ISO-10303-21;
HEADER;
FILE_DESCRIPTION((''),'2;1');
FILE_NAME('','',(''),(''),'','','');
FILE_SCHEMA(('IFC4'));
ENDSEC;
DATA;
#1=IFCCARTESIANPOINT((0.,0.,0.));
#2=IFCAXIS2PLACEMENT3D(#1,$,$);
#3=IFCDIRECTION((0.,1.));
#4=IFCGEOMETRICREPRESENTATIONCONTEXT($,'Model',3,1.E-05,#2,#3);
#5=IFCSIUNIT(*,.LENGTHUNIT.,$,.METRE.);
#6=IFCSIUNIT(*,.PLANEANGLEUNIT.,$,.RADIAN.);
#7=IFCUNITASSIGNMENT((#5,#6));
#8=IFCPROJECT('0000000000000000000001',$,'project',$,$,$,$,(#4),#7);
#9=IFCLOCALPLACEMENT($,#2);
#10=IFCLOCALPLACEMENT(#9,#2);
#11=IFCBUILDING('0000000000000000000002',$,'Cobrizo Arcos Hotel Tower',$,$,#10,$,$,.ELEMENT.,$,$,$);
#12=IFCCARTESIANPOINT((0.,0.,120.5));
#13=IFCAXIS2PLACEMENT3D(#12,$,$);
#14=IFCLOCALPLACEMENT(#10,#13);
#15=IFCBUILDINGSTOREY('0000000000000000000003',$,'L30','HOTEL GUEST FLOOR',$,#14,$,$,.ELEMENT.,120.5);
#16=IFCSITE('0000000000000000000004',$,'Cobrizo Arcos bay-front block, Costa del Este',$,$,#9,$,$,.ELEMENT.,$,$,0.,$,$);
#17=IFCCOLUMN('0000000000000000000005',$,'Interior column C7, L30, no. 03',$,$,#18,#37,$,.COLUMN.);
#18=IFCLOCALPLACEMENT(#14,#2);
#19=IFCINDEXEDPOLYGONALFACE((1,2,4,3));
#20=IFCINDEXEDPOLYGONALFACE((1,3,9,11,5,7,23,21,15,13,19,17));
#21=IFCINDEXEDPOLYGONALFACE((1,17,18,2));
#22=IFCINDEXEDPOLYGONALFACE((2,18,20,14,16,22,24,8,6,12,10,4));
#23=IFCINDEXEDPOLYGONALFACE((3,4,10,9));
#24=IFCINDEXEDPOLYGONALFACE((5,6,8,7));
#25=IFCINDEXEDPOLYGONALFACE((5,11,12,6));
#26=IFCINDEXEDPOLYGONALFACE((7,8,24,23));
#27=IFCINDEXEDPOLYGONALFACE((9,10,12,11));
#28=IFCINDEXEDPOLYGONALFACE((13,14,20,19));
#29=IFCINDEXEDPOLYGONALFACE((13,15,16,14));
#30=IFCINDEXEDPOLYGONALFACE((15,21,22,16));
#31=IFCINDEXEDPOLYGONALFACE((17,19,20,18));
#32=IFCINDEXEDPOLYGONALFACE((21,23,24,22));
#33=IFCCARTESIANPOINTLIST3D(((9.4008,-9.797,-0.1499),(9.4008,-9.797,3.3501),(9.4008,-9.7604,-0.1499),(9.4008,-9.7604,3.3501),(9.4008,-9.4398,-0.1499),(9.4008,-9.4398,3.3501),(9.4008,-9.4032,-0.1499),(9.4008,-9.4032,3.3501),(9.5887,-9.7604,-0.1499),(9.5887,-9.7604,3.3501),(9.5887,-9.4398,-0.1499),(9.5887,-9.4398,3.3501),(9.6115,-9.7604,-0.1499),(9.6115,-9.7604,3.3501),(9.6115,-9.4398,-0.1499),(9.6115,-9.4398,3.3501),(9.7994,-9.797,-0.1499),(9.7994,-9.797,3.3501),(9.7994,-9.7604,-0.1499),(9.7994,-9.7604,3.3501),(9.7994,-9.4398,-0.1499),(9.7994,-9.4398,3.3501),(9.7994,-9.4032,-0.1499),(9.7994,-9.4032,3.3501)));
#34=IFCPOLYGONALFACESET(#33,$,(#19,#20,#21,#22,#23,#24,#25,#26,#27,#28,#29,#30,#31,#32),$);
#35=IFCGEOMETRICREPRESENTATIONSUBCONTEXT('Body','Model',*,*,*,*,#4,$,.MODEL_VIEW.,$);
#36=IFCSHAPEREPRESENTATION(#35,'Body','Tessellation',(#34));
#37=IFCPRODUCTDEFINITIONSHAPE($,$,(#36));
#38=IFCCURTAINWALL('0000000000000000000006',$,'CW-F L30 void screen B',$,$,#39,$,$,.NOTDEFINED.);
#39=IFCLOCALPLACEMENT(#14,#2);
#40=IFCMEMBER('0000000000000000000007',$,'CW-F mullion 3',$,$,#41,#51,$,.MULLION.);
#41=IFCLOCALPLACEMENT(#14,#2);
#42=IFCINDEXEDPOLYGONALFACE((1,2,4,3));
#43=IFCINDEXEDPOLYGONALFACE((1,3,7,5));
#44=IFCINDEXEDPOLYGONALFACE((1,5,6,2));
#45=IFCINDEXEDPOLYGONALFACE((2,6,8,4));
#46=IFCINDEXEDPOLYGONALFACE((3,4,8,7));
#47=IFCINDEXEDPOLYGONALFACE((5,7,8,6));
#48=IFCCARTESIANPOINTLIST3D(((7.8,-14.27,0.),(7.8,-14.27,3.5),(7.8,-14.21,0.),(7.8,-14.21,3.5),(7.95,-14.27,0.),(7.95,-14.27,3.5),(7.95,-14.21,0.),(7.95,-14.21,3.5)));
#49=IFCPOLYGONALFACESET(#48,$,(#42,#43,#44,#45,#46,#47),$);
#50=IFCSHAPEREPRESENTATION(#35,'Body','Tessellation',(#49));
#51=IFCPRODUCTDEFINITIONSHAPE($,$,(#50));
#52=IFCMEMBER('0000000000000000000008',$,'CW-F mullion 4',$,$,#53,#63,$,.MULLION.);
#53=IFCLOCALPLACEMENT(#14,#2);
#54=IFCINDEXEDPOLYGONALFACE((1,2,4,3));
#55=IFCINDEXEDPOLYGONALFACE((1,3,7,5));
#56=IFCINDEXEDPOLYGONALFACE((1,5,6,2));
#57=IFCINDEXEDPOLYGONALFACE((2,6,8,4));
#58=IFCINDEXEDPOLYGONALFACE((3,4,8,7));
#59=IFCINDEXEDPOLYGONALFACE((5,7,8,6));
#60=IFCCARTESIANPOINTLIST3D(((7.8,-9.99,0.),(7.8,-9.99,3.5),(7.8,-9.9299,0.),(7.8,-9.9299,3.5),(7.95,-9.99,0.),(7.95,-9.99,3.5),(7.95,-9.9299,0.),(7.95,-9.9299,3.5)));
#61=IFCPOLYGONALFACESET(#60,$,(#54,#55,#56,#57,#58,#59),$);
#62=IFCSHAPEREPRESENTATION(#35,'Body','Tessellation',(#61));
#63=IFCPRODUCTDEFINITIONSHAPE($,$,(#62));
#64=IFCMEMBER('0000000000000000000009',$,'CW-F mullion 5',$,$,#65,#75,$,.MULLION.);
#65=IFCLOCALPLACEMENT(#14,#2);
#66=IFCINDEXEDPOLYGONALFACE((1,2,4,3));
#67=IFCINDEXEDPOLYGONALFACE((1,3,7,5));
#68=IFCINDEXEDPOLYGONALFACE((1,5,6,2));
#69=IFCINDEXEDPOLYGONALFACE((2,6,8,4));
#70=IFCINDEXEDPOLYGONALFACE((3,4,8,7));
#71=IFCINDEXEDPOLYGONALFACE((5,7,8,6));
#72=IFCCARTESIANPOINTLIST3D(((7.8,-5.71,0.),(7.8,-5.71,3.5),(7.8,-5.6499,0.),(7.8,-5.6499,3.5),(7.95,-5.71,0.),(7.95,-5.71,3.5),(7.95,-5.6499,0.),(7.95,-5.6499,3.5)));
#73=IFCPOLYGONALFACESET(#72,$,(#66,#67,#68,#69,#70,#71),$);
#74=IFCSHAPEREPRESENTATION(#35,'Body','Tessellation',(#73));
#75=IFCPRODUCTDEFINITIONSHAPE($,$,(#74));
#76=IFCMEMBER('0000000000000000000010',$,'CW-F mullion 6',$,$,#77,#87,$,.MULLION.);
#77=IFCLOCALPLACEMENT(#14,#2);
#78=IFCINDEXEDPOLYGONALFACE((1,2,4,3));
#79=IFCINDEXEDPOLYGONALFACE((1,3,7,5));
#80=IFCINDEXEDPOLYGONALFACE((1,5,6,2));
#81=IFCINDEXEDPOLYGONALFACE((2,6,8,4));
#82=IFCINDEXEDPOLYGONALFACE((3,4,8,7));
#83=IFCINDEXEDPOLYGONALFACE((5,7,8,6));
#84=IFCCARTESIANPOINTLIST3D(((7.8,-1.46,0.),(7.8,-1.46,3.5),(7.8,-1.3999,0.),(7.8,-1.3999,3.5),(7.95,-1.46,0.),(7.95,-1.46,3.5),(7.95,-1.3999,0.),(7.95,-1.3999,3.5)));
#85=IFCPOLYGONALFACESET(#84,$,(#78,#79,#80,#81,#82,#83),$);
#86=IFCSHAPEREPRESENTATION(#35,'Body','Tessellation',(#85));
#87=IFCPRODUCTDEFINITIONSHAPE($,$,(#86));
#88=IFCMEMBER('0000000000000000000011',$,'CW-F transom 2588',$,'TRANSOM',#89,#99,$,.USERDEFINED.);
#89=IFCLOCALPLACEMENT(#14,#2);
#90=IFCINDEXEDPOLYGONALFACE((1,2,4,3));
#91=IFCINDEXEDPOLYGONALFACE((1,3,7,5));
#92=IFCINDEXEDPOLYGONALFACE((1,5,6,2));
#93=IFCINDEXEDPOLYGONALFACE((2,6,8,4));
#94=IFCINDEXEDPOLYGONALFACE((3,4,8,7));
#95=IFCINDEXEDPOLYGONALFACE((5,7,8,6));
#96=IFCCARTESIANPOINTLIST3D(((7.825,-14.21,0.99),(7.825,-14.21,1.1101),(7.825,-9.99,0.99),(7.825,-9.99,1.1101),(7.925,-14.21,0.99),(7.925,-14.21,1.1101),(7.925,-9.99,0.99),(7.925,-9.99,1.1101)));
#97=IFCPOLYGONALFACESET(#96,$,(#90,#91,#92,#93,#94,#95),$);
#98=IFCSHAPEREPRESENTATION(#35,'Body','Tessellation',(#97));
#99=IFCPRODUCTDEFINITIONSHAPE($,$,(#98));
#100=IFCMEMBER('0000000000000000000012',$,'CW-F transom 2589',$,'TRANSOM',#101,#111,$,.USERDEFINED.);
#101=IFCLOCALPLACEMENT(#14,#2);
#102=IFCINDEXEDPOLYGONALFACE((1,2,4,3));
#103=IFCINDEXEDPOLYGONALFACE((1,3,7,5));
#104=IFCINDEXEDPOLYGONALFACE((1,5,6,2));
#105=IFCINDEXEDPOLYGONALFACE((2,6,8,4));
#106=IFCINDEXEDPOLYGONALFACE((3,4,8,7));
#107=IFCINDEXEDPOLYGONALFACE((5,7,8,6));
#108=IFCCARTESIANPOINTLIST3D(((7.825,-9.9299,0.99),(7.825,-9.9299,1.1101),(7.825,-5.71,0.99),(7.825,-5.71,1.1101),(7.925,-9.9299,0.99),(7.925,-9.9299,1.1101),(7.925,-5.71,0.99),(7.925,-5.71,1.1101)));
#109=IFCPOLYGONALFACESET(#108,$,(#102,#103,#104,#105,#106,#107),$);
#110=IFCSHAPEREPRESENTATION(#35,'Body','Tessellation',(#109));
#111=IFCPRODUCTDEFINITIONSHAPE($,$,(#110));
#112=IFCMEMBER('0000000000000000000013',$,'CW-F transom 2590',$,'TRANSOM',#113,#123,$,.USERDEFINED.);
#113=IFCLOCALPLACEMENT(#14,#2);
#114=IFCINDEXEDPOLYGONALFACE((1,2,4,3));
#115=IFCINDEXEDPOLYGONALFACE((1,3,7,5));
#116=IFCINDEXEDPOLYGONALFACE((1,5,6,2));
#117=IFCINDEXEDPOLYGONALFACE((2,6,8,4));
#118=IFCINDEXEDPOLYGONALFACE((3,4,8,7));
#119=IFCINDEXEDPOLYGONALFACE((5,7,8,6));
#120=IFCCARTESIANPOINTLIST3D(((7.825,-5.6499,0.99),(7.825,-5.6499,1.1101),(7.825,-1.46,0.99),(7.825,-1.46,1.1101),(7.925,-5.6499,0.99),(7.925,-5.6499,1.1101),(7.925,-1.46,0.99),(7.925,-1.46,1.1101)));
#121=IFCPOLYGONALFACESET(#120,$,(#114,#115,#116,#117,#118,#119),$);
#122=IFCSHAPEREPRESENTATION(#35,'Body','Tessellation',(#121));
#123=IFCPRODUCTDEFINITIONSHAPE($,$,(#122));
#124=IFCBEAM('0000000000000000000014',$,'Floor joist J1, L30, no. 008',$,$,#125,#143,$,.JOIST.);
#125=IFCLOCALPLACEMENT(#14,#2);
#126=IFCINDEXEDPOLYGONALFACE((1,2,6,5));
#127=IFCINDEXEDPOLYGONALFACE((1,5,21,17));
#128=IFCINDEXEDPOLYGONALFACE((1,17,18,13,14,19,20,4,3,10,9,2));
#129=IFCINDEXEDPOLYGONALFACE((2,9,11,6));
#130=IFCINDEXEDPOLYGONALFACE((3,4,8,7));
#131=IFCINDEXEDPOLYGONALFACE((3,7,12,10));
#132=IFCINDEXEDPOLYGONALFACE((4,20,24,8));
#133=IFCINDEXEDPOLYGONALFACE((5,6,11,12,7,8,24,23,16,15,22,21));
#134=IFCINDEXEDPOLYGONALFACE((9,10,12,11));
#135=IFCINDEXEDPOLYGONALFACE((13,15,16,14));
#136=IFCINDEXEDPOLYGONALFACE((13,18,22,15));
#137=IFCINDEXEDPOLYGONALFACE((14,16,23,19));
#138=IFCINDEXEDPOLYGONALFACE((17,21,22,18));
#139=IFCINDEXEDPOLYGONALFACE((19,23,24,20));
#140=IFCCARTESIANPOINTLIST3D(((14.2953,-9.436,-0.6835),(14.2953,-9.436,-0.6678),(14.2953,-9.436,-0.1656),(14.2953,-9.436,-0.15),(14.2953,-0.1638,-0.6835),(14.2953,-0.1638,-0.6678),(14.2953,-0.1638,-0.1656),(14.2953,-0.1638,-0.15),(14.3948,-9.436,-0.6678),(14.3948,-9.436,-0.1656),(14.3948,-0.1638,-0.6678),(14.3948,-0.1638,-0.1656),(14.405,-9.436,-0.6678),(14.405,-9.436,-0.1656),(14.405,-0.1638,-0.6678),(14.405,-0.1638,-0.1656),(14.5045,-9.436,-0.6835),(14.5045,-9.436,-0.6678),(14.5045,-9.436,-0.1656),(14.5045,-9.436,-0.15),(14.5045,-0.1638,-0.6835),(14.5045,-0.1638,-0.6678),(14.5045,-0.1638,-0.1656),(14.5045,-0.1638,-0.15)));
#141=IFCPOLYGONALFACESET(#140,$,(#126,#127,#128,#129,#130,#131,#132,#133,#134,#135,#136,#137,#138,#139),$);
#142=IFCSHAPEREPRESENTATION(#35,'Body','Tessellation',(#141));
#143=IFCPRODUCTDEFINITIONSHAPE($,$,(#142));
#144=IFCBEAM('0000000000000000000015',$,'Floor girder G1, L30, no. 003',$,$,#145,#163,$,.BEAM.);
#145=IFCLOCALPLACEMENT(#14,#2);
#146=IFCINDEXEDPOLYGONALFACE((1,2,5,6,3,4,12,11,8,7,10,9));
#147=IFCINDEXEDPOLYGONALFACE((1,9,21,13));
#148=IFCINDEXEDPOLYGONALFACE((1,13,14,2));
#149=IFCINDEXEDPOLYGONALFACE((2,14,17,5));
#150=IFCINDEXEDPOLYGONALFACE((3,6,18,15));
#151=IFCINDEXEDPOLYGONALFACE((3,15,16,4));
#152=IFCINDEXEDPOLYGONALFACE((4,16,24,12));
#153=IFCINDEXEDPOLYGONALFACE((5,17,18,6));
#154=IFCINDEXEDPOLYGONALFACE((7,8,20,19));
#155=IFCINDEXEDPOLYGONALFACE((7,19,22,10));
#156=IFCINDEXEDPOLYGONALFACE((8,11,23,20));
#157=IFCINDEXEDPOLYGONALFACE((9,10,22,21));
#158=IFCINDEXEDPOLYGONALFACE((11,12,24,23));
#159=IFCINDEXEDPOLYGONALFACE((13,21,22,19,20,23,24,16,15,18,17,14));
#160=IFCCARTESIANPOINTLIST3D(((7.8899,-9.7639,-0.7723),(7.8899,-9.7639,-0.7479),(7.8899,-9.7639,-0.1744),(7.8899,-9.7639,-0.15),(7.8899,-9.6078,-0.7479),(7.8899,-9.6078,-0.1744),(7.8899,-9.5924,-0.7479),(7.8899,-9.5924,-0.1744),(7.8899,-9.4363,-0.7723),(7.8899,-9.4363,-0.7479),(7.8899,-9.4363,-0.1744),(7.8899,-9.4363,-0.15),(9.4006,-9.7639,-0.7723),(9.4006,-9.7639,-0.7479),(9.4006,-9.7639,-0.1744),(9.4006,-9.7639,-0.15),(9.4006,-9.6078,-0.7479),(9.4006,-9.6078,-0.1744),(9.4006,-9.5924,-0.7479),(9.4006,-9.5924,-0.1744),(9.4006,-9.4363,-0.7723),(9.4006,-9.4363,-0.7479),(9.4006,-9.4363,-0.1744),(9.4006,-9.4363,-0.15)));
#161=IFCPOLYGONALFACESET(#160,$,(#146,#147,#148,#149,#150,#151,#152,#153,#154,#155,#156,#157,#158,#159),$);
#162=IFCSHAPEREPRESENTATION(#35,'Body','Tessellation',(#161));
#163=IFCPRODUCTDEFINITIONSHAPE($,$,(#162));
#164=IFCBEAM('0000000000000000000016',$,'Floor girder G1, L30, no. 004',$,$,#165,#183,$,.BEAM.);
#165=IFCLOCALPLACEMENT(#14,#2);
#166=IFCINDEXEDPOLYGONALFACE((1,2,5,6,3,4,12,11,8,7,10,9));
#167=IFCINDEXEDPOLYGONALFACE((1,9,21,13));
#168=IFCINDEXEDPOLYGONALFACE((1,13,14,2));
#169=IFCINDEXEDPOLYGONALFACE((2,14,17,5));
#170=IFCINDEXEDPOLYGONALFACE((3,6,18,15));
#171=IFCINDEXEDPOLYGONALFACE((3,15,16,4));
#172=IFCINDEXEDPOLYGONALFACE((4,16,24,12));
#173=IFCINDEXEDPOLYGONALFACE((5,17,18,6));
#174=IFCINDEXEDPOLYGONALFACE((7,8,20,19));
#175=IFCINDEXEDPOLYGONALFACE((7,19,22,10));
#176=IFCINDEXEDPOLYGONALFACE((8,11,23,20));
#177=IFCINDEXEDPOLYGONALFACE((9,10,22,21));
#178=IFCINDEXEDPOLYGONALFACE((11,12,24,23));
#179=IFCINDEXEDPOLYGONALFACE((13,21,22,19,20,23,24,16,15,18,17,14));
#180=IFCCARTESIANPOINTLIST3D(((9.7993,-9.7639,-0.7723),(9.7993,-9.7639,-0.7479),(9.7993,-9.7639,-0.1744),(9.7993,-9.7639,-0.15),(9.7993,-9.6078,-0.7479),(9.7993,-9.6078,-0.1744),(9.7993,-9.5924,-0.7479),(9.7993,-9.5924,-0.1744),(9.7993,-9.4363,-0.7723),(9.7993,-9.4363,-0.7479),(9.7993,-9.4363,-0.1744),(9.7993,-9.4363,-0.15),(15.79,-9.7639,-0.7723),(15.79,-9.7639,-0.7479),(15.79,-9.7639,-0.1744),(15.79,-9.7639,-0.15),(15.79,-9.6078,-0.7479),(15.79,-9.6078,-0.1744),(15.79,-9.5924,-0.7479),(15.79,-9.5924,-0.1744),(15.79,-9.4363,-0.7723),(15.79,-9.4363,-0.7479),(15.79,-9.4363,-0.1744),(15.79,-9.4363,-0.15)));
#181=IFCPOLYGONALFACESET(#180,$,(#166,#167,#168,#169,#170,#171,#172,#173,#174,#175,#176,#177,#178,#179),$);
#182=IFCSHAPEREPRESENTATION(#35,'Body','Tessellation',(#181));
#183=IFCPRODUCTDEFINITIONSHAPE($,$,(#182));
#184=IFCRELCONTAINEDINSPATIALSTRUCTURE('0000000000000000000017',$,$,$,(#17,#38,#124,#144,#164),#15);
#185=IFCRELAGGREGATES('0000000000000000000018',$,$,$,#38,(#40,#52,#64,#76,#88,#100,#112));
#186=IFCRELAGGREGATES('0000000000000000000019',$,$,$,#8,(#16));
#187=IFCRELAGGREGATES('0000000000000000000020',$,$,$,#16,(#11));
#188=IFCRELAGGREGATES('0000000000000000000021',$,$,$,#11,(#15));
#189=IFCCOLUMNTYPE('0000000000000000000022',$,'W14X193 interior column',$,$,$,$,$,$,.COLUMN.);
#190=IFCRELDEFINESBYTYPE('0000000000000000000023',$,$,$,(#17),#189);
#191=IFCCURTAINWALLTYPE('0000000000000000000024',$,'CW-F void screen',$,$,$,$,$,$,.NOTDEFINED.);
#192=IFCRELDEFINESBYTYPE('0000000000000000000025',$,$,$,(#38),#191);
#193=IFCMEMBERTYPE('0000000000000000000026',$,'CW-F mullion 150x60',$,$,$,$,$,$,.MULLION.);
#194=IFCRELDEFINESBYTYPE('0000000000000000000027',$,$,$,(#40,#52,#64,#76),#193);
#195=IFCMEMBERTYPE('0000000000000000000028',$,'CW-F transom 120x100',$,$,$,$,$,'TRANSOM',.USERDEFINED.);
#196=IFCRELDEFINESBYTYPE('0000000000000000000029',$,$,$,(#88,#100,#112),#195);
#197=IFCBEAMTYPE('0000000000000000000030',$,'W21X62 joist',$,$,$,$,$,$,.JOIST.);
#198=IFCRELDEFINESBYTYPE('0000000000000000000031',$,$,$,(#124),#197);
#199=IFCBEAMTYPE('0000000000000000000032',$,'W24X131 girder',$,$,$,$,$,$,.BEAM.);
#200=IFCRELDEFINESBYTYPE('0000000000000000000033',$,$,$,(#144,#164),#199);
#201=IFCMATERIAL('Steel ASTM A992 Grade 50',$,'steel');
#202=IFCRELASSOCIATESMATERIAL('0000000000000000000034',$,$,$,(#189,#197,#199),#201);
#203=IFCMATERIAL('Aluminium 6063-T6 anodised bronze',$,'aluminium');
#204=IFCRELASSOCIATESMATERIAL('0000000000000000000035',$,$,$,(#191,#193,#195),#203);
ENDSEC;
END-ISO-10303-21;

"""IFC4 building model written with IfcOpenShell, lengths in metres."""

from ifc_helpers import new_model, si_unit, direction, frame, origin, origin_2d, place, context, subcontext, project, spatial, rectangle, i_section, extrude, material, material_profile, profile_set, type_object, element, aggregate, save


model = new_model("IFC4")

# Units and contexts
model_context = context("Model", 3, precision=1e-05, world=origin(), true_north=direction((0.0, 1.0)))
body_context = subcontext(model_context, "Body", "Model", "MODEL_VIEW")
ifc_project = project(units=[si_unit("LENGTHUNIT", "METRE"), si_unit("PLANEANGLEUNIT", "RADIAN")], contexts=[model_context])

# Site, building, storey
site_placement = place(None, origin())
site = spatial("IfcSite", under=ifc_project, at=site_placement, Name="Cobrizo Arcos bay-front block, Costa del Este", CompositionType="ELEMENT", RefElevation=0.0)
building_placement = place(site_placement, origin())
building = spatial("IfcBuilding", under=site, at=building_placement, Name="Cobrizo Arcos Hotel Tower", CompositionType="ELEMENT")
storey_placement = place(building_placement, frame((0.0, 0.0, 120.5)))
storey = spatial("IfcBuildingStorey", under=building, at=storey_placement, Name="L30", Description="HOTEL GUEST FLOOR", CompositionType="ELEMENT", Elevation=120.5)

# Column
ifc_material_1 = material(Name="Steel ASTM A992 Grade 50", Category="steel")
ifc_material_profile_1 = material_profile(ifc_material_1, i_section(OverallWidth=0.3987, OverallDepth=0.3938, WebThickness=0.0227, FlangeThickness=0.0366, at=origin_2d()), Name="W14X193")
ifc_profile_set_1 = profile_set([ifc_material_profile_1], Name="Steel ASTM A992 Grade 50")
column_type = type_object("IfcColumnType", Name="W14X193 interior column", PredefinedType="COLUMN", material=ifc_profile_set_1)
column_placement = place(storey_placement, frame((9.6001, -9.6001, -0.1499), z_axis=(0.0, 0.0, 1.0), x_axis=(1.0, 0.0, 0.0)))
element("IfcColumn", 1, at=column_placement, inside=storey, type_object=column_type, Name="Interior column C7, L30, no. 03", PredefinedType="COLUMN", context=body_context, shape_type="SweptSolid", body=[
    extrude(i_section(OverallWidth=0.3987, OverallDepth=0.3938, WebThickness=0.0227, FlangeThickness=0.0366, at=origin_2d()), origin(), (0.0, 0.0, 1.0), 3.5),
])

# Curtain wall, members
ifc_material_2 = material(Name="Aluminium 6063-T6 anodised bronze", Category="aluminium")
curtain_wall_type = type_object("IfcCurtainWallType", Name="CW-F void screen", PredefinedType="NOTDEFINED", material=ifc_material_2)
curtain_wall_placement = place(storey_placement, origin())
curtain_wall = element("IfcCurtainWall", 2, at=curtain_wall_placement, inside=storey, type_object=curtain_wall_type, Name="CW-F L30 void screen B", PredefinedType="NOTDEFINED")
ifc_material_profile_2 = material_profile(ifc_material_2, rectangle(XDim=0.1499, YDim=0.0601, at=origin_2d()), Name="CW-F mullion 150x60")
ifc_profile_set_2 = profile_set([ifc_material_profile_2], Name="Aluminium 6063-T6 anodised bronze")
member_type_1 = type_object("IfcMemberType", Name="CW-F mullion 150x60", PredefinedType="MULLION", material=ifc_profile_set_2)
member_1_placement = place(storey_placement, frame((7.875, -14.24, 0.0), z_axis=(0.0, 0.0, 1.0), x_axis=(1.0, 0.0, 0.0)))
member_1 = element("IfcMember", 3, at=member_1_placement, type_object=member_type_1, Name="CW-F mullion 3", PredefinedType="MULLION", context=body_context, shape_type="SweptSolid", body=[
    extrude(rectangle(XDim=0.1499, YDim=0.0601, at=origin_2d()), origin(), (0.0, 0.0, 1.0), 3.5),
])
member_2_placement = place(storey_placement, frame((7.875, -9.96, 0.0), z_axis=(0.0, 0.0, 1.0), x_axis=(1.0, 0.0, 0.0)))
member_2 = element("IfcMember", 4, at=member_2_placement, type_object=member_type_1, Name="CW-F mullion 4", PredefinedType="MULLION", context=body_context, shape_type="SweptSolid", body=[
    extrude(rectangle(XDim=0.1499, YDim=0.0601, at=origin_2d()), origin(), (0.0, 0.0, 1.0), 3.5),
])
member_3_placement = place(storey_placement, frame((7.875, -5.6799, 0.0), z_axis=(0.0, 0.0, 1.0), x_axis=(1.0, 0.0, 0.0)))
member_3 = element("IfcMember", 5, at=member_3_placement, type_object=member_type_1, Name="CW-F mullion 5", PredefinedType="MULLION", context=body_context, shape_type="SweptSolid", body=[
    extrude(rectangle(XDim=0.1499, YDim=0.0601, at=origin_2d()), origin(), (0.0, 0.0, 1.0), 3.5),
])
member_4_placement = place(storey_placement, frame((7.875, -1.4299, 0.0), z_axis=(0.0, 0.0, 1.0), x_axis=(1.0, 0.0, 0.0)))
member_4 = element("IfcMember", 6, at=member_4_placement, type_object=member_type_1, Name="CW-F mullion 6", PredefinedType="MULLION", context=body_context, shape_type="SweptSolid", body=[
    extrude(rectangle(XDim=0.1499, YDim=0.0601, at=origin_2d()), origin(), (0.0, 0.0, 1.0), 3.5),
])
ifc_material_profile_3 = material_profile(ifc_material_2, rectangle(XDim=0.1001, YDim=0.1201, at=origin_2d()), Name="CW-F transom 120x100")
ifc_profile_set_3 = profile_set([ifc_material_profile_3], Name="Aluminium 6063-T6 anodised bronze")
member_type_2 = type_object("IfcMemberType", Name="CW-F transom 120x100", ElementType="TRANSOM", PredefinedType="USERDEFINED", material=ifc_profile_set_3)
member_5_placement = place(storey_placement, frame((7.875, -14.21, 1.05), z_axis=(0.0, 1.0, 0.0), x_axis=(-1.0, 0.0, 0.0)))
member_5 = element("IfcMember", 7, at=member_5_placement, type_object=member_type_2, Name="CW-F transom 2588", ObjectType="TRANSOM", PredefinedType="USERDEFINED", context=body_context, shape_type="SweptSolid", body=[
    extrude(rectangle(XDim=0.1001, YDim=0.1201, at=origin_2d()), origin(), (0.0, 0.0, 1.0), 4.22),
])
member_6_placement = place(storey_placement, frame((7.875, -9.9299, 1.05), z_axis=(0.0, 1.0, 0.0), x_axis=(-1.0, 0.0, 0.0)))
member_6 = element("IfcMember", 8, at=member_6_placement, type_object=member_type_2, Name="CW-F transom 2589", ObjectType="TRANSOM", PredefinedType="USERDEFINED", context=body_context, shape_type="SweptSolid", body=[
    extrude(rectangle(XDim=0.1001, YDim=0.1201, at=origin_2d()), origin(), (0.0, 0.0, 1.0), 4.22),
])
member_7_placement = place(storey_placement, frame((7.875, -5.6499, 1.05), z_axis=(0.0, 1.0, 0.0), x_axis=(-1.0, 0.0, 0.0)))
member_7 = element("IfcMember", 9, at=member_7_placement, type_object=member_type_2, Name="CW-F transom 2590", ObjectType="TRANSOM", PredefinedType="USERDEFINED", context=body_context, shape_type="SweptSolid", body=[
    extrude(rectangle(XDim=0.1001, YDim=0.1201, at=origin_2d()), origin(), (0.0, 0.0, 1.0), 4.1899),
])

# Beams
ifc_material_profile_4 = material_profile(ifc_material_1, i_section(OverallWidth=0.2092, OverallDepth=0.5334, WebThickness=0.0103, FlangeThickness=0.0156, at=origin_2d()), Name="W21X62")
ifc_profile_set_4 = profile_set([ifc_material_profile_4], Name="Steel ASTM A992 Grade 50")
beam_type_1 = type_object("IfcBeamType", Name="W21X62 joist", PredefinedType="JOIST", material=ifc_profile_set_4)
beam_1_placement = place(storey_placement, frame((14.3999, -9.436, -0.4167), z_axis=(0.0, 1.0, 0.0), x_axis=(-1.0, 0.0, 0.0)))
element("IfcBeam", 10, at=beam_1_placement, inside=storey, type_object=beam_type_1, Name="Floor joist J1, L30, no. 008", PredefinedType="JOIST", context=body_context, shape_type="SweptSolid", body=[
    extrude(i_section(OverallWidth=0.2092, OverallDepth=0.5334, WebThickness=0.0103, FlangeThickness=0.0156, at=origin_2d()), origin(), (0.0, 0.0, 1.0), 9.2722),
])
ifc_material_profile_5 = material_profile(ifc_material_1, i_section(OverallWidth=0.3276, OverallDepth=0.6223, WebThickness=0.0154, FlangeThickness=0.0244, at=origin_2d()), Name="W24X131")
ifc_profile_set_5 = profile_set([ifc_material_profile_5], Name="Steel ASTM A992 Grade 50")
beam_type_2 = type_object("IfcBeamType", Name="W24X131 girder", PredefinedType="BEAM", material=ifc_profile_set_5)
beam_2_placement = place(storey_placement, frame((7.8899, -9.6001, -0.4612), z_axis=(1.0, 0.0, 0.0), x_axis=(0.0, 1.0, 0.0)))
element("IfcBeam", 11, at=beam_2_placement, inside=storey, type_object=beam_type_2, Name="Floor girder G1, L30, no. 003", PredefinedType="BEAM", context=body_context, shape_type="SweptSolid", body=[
    extrude(i_section(OverallWidth=0.3276, OverallDepth=0.6223, WebThickness=0.0154, FlangeThickness=0.0244, at=origin_2d()), origin(), (0.0, 0.0, 1.0), 1.5107),
])
beam_3_placement = place(storey_placement, frame((9.7993, -9.6001, -0.4612), z_axis=(1.0, 0.0, 0.0), x_axis=(0.0, 1.0, 0.0)))
element("IfcBeam", 12, at=beam_3_placement, inside=storey, type_object=beam_type_2, Name="Floor girder G1, L30, no. 004", PredefinedType="BEAM", context=body_context, shape_type="SweptSolid", body=[
    extrude(i_section(OverallWidth=0.3276, OverallDepth=0.6223, WebThickness=0.0154, FlangeThickness=0.0244, at=origin_2d()), origin(), (0.0, 0.0, 1.0), 5.9907),
])

aggregate(curtain_wall, [member_1, member_2, member_3, member_4, member_5, member_6, member_7])

save(model, "model.ifc")
